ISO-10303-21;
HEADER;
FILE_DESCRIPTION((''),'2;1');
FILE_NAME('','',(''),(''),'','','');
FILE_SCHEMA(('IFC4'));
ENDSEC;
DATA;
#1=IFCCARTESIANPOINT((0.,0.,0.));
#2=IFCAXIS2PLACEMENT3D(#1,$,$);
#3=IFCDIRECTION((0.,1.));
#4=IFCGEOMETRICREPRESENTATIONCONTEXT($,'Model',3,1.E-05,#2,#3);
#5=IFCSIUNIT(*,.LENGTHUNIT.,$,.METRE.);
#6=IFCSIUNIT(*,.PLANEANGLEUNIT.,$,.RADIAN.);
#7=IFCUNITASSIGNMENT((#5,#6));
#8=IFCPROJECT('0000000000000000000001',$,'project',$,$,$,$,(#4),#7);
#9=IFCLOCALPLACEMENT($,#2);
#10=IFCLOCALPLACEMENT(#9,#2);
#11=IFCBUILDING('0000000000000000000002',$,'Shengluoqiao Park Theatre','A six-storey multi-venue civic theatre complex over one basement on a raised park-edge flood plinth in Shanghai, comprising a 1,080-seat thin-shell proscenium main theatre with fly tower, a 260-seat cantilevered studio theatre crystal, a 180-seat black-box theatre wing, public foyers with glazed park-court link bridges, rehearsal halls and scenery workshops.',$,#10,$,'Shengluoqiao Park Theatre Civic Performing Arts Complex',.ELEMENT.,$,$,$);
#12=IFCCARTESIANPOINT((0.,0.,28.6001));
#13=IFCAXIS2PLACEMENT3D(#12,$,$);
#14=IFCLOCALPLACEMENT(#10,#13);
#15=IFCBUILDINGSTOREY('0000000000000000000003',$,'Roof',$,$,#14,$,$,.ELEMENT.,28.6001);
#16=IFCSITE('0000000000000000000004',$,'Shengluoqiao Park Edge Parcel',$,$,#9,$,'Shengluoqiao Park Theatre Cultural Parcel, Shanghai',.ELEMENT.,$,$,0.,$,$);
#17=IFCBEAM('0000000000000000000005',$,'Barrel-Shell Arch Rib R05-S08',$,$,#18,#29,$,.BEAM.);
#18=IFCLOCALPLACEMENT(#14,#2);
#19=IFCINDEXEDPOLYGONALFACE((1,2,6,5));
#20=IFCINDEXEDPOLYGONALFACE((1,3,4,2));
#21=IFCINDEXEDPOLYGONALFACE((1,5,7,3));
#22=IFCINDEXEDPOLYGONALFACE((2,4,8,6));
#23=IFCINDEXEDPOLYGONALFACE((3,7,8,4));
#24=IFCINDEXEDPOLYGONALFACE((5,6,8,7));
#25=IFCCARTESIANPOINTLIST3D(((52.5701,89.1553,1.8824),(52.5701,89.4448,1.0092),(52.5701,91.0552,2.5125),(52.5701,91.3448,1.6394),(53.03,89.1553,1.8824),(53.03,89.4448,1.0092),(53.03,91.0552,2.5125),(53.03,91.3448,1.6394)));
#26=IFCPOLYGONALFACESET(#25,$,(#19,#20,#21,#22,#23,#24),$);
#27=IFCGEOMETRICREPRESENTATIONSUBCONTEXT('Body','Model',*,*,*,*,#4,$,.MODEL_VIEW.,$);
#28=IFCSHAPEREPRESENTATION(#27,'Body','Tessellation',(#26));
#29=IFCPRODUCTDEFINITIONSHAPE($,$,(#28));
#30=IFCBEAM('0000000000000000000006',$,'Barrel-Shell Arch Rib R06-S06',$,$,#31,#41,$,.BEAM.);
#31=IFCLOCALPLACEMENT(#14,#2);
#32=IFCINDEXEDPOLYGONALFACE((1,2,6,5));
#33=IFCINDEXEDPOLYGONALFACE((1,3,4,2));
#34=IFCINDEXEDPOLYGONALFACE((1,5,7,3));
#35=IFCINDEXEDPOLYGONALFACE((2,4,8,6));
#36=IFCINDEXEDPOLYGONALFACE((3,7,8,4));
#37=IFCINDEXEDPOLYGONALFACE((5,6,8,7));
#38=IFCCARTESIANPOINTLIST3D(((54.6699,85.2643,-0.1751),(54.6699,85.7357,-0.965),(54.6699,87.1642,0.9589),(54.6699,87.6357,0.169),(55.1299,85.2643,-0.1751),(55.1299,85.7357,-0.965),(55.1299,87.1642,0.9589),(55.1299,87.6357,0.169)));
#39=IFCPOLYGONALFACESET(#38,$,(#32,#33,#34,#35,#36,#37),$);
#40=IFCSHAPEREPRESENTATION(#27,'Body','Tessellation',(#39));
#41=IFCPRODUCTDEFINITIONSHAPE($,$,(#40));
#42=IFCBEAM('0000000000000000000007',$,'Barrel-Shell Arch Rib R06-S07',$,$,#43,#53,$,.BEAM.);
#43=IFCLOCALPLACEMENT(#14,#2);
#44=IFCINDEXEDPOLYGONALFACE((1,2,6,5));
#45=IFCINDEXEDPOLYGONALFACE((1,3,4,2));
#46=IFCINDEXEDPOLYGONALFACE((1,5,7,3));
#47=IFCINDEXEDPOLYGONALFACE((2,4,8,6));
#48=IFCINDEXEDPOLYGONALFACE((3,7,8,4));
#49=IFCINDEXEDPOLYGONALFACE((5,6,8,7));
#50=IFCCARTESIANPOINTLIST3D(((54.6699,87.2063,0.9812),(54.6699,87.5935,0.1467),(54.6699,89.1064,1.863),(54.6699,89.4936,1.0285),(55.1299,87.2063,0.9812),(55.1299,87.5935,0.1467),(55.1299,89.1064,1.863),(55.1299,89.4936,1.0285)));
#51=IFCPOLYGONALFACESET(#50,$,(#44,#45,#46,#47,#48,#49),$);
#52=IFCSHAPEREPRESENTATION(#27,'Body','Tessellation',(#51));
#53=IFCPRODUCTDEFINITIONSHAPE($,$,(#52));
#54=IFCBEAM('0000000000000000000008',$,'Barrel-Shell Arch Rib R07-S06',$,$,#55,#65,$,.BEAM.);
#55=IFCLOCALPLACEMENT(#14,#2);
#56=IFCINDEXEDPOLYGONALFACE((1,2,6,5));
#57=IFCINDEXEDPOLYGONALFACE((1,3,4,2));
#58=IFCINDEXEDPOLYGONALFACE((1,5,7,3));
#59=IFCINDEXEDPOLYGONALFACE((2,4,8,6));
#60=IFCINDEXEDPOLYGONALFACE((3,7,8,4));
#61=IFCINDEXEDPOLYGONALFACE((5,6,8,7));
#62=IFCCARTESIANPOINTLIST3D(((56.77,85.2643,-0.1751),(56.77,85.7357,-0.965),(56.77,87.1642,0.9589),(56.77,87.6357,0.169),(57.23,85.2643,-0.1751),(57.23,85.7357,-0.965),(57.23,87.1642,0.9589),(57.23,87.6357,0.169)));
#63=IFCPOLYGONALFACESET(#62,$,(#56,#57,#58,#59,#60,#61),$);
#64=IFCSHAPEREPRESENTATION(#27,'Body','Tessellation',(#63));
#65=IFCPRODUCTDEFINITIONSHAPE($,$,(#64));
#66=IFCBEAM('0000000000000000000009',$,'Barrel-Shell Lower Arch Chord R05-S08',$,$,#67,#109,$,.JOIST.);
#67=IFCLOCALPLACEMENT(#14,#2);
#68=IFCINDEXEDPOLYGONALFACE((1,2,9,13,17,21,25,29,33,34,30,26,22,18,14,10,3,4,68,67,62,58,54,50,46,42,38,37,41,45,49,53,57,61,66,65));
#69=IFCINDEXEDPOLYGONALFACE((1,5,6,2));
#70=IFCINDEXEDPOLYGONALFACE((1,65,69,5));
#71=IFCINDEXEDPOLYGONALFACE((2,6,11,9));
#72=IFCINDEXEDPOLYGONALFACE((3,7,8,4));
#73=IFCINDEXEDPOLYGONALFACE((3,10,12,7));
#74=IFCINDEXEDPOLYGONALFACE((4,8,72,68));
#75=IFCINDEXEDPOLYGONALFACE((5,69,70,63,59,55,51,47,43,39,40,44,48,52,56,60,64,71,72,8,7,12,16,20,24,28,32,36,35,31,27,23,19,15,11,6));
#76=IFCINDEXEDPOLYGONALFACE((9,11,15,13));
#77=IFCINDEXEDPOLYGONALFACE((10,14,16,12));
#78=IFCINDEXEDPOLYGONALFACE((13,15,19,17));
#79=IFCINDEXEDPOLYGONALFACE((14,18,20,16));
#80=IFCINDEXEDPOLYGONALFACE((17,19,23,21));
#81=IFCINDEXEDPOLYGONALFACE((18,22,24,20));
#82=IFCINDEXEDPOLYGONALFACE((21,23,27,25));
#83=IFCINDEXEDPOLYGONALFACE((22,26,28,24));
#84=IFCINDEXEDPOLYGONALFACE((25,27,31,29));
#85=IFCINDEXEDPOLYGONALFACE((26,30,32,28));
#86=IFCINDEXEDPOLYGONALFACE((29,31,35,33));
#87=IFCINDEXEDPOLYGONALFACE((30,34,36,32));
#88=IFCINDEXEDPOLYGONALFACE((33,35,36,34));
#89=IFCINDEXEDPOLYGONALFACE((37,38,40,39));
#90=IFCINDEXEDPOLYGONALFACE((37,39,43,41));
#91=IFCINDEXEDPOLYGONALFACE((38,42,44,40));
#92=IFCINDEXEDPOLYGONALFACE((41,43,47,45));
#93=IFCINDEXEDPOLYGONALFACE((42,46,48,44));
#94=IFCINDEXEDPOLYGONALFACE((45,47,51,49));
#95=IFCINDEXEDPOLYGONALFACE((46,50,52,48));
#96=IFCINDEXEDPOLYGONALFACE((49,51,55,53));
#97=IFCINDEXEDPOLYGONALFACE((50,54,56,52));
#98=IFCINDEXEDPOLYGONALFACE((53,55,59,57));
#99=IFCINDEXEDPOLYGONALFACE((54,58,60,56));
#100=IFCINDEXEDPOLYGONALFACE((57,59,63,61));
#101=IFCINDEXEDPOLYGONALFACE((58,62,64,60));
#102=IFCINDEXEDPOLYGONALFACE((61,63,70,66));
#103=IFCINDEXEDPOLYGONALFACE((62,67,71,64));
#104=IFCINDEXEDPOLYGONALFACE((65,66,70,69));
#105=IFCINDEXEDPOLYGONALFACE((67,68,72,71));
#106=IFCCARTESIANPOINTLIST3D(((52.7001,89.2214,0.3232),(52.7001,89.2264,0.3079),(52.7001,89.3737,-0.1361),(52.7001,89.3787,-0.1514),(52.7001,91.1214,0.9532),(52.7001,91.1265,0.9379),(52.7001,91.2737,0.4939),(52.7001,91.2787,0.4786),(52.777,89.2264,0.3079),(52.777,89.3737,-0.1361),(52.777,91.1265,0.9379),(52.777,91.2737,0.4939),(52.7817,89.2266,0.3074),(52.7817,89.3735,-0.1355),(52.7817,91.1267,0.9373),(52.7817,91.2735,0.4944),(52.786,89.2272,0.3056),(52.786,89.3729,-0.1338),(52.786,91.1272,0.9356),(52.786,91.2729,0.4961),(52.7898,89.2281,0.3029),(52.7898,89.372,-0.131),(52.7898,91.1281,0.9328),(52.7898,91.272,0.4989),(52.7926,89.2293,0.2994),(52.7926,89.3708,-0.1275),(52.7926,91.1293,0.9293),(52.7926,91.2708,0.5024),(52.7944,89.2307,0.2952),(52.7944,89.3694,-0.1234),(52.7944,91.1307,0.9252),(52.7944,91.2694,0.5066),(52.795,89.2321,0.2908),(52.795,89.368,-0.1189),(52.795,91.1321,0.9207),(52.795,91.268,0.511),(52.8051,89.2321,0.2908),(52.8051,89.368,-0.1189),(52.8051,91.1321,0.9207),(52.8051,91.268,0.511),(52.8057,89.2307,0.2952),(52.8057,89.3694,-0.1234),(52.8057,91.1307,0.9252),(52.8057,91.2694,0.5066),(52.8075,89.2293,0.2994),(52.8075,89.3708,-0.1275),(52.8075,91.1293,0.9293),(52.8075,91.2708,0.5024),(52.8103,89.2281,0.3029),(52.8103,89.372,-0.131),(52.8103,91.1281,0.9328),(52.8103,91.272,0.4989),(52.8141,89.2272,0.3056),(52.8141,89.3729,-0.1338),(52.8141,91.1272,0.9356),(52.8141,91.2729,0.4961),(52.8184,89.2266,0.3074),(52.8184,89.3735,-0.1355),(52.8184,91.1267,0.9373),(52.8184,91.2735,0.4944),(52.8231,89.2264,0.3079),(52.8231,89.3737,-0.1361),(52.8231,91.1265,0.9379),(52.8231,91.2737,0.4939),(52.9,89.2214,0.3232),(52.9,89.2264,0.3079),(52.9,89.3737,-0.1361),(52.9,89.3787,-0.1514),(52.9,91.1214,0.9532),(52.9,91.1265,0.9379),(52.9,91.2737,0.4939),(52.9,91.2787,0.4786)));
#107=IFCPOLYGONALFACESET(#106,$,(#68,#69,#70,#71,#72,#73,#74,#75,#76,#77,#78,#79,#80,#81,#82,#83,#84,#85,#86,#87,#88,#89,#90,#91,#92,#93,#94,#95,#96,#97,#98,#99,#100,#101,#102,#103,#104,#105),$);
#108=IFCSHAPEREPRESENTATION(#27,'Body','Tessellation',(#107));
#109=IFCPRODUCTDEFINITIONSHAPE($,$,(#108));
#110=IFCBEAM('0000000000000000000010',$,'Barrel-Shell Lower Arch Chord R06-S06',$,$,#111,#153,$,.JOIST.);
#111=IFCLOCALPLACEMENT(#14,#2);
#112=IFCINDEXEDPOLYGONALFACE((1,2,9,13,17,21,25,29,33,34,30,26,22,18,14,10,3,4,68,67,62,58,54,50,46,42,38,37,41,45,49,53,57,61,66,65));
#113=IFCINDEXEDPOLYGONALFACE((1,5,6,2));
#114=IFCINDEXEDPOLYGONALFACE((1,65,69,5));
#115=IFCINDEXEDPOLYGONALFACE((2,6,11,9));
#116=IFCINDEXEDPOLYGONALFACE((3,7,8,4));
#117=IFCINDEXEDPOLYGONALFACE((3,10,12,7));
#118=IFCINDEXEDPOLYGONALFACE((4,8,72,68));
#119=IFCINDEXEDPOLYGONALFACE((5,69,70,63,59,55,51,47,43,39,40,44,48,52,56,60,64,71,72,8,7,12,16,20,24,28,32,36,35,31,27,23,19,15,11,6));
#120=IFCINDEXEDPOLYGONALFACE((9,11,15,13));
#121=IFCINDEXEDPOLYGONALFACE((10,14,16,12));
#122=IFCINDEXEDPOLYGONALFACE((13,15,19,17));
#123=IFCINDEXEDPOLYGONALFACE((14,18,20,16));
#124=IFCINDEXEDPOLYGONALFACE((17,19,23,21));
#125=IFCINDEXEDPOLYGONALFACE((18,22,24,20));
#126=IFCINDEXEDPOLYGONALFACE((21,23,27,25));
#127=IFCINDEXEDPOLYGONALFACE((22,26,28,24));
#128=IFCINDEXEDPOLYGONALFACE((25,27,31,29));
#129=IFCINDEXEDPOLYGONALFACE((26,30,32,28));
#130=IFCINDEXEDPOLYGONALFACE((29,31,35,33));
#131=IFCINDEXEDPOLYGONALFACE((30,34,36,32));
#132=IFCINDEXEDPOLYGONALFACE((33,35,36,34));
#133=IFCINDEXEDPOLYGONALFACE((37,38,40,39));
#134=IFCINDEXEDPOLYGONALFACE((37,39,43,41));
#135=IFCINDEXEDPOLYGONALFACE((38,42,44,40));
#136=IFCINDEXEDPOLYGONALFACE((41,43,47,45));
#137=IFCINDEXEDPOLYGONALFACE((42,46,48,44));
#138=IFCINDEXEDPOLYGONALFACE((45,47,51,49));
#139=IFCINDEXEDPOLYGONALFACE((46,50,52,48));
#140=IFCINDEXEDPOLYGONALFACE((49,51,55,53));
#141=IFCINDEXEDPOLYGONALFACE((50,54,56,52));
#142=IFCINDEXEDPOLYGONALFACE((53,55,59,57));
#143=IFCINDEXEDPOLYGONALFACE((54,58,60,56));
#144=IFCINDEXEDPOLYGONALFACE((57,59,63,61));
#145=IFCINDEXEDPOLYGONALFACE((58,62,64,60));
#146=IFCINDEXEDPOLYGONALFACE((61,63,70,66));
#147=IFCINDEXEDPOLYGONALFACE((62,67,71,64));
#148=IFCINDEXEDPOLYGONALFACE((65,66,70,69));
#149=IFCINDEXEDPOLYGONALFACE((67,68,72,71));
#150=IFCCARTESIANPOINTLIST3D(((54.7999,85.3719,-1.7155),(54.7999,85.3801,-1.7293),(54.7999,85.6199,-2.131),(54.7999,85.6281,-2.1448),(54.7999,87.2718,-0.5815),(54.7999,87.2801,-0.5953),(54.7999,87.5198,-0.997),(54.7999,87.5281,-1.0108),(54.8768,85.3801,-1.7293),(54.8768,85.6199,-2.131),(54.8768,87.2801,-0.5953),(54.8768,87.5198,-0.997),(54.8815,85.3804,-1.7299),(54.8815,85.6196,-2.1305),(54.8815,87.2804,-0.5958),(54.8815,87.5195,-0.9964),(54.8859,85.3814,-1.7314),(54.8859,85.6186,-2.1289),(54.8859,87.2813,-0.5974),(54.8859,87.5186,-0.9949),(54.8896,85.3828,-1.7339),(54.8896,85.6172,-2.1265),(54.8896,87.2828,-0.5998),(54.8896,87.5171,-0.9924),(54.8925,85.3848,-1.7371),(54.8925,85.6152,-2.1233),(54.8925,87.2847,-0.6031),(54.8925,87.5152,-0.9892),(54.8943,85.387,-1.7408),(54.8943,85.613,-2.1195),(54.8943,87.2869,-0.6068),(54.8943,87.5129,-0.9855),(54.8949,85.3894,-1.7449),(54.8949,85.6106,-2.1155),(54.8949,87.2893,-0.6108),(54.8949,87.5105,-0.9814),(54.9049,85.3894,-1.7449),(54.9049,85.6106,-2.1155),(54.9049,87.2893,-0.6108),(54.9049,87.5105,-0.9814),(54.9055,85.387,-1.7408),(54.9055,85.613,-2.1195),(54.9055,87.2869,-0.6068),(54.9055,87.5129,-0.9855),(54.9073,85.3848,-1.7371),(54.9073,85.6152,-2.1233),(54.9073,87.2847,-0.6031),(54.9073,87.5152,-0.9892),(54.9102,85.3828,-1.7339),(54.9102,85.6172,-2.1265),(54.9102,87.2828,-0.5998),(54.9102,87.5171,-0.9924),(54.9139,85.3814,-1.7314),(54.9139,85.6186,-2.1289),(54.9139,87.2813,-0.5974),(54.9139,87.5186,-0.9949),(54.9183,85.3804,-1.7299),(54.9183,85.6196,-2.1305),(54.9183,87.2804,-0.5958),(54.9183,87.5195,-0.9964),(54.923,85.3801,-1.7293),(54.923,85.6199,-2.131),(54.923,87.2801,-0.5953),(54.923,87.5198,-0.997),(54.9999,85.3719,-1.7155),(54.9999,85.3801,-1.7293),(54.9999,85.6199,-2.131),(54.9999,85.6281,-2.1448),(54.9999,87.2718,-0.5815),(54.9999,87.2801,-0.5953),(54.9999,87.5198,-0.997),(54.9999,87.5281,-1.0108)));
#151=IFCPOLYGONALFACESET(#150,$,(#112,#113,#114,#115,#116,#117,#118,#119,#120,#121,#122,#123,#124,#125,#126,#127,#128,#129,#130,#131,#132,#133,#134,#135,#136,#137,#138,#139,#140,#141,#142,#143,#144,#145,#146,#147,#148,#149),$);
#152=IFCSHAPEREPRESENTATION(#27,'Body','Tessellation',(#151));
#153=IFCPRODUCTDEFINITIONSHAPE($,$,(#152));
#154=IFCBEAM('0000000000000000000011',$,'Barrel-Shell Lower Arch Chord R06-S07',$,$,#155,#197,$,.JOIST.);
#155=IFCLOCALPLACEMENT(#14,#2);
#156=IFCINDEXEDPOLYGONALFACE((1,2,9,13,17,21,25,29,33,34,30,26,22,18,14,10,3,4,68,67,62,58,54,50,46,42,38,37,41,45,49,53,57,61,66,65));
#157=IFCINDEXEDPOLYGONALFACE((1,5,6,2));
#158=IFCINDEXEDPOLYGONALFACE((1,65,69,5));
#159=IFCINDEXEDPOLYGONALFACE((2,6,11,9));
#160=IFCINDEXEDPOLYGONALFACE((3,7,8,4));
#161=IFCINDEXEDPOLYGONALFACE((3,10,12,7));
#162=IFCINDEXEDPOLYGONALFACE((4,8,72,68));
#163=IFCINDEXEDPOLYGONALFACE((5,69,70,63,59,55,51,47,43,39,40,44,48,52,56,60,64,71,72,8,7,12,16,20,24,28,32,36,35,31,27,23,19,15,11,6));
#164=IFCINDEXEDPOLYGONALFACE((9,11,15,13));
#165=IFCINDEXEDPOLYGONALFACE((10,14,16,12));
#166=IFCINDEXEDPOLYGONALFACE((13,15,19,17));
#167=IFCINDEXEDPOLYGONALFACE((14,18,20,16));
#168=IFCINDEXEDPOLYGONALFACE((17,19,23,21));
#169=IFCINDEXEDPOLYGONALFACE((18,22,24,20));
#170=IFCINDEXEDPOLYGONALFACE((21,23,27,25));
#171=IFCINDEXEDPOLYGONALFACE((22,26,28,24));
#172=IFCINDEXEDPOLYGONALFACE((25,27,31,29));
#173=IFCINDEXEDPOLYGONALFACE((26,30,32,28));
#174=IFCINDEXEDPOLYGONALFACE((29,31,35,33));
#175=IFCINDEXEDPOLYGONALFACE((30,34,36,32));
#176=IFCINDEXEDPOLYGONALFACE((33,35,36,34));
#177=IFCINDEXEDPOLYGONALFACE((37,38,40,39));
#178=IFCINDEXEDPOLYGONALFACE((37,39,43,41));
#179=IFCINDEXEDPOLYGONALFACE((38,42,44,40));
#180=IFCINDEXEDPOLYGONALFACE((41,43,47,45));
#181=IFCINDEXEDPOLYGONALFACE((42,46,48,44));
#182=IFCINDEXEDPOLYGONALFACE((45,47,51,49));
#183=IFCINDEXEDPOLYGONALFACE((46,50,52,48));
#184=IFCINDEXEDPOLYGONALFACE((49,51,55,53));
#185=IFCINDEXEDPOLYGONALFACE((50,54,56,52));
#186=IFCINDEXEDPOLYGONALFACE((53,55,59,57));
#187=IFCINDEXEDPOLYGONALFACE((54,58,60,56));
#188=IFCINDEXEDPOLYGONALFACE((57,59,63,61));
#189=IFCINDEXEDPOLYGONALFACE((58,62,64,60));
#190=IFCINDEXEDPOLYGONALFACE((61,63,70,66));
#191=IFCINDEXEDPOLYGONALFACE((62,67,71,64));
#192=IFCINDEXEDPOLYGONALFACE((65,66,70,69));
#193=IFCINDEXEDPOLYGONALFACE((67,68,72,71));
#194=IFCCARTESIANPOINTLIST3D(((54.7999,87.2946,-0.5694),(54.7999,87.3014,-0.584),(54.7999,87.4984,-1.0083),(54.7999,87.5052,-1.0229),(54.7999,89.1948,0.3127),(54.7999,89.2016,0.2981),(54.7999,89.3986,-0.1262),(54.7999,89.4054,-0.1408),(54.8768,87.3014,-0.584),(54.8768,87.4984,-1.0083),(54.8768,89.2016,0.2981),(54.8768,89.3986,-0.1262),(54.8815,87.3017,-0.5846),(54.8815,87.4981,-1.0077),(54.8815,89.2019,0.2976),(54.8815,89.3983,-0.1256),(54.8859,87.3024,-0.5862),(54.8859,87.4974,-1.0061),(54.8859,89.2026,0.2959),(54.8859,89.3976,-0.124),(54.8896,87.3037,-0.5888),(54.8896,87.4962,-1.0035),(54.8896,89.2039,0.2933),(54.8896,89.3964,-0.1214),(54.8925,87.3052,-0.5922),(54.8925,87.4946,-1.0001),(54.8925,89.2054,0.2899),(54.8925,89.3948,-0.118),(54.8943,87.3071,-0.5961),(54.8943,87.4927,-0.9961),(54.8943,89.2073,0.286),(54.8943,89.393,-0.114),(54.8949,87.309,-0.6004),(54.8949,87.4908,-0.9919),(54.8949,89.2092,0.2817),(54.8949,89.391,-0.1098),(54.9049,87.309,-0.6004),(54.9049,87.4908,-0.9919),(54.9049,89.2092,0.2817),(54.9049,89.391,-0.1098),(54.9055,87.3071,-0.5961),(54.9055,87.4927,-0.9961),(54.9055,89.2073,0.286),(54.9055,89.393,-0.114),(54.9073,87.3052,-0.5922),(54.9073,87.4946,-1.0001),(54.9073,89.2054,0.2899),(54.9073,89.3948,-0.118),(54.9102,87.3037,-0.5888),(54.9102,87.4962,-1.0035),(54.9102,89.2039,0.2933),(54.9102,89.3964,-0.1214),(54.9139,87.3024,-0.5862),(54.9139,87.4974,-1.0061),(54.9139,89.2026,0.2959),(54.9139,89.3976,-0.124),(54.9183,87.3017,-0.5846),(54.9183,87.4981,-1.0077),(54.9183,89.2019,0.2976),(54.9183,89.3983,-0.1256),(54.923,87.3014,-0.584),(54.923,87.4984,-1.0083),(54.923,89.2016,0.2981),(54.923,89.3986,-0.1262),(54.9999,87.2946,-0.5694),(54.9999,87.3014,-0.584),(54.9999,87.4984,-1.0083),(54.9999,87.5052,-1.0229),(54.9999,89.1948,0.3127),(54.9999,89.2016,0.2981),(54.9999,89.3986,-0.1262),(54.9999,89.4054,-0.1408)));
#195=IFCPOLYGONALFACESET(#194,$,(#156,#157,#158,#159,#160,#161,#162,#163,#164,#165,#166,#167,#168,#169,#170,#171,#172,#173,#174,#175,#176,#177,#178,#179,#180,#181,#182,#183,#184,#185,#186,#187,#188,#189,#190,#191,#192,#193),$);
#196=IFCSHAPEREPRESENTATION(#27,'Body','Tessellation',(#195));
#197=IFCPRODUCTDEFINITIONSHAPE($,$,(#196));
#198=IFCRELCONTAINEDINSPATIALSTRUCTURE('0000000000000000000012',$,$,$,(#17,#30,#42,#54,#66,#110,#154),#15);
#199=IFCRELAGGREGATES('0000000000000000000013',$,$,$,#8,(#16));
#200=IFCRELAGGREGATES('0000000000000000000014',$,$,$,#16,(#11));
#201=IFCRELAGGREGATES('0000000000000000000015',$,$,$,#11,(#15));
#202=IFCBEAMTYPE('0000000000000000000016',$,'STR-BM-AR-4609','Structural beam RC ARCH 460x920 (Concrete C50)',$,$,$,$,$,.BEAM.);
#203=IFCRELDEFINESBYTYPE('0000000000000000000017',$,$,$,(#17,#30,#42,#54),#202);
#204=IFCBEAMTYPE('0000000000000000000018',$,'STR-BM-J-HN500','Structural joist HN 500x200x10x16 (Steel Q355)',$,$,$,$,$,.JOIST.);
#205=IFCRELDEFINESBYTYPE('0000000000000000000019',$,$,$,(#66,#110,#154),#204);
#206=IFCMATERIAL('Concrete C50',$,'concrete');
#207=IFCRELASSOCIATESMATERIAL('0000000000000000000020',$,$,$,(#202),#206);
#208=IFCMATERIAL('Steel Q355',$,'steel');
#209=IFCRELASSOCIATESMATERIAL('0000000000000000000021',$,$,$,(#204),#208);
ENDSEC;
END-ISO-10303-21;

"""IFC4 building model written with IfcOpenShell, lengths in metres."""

from ifc_helpers import new_model, si_unit, direction, frame, origin, origin_2d, place, context, subcontext, project, spatial, rectangle, i_section, extrude, material, material_profile, profile_set, type_object, element, save


model = new_model("IFC4")

# Units and contexts
model_context = context("Model", 3, precision=1e-05, world=origin(), true_north=direction((0.0, 1.0)))
body_context = subcontext(model_context, "Body", "Model", "MODEL_VIEW")
ifc_project = project(units=[si_unit("LENGTHUNIT", "METRE"), si_unit("PLANEANGLEUNIT", "RADIAN")], contexts=[model_context])

# Site, building, storey
site_placement = place(None, origin())
site = spatial("IfcSite", under=ifc_project, at=site_placement, Name="Shengluoqiao Park Edge Parcel", LongName="Shengluoqiao Park Theatre Cultural Parcel, Shanghai", CompositionType="ELEMENT", RefElevation=0.0)
building_placement = place(site_placement, origin())
building = spatial("IfcBuilding", under=site, at=building_placement, Name="Shengluoqiao Park Theatre", Description="A six-storey multi-venue civic theatre complex over one basement on a raised park-edge flood plinth in Shanghai, comprising a 1,080-seat thin-shell proscenium main theatre with fly tower, a 260-seat cantilevered studio theatre crystal, a 180-seat black-box theatre wing, public foyers with glazed park-court link bridges, rehearsal halls and scenery workshops.", LongName="Shengluoqiao Park Theatre Civic Performing Arts Complex", CompositionType="ELEMENT")
storey_placement = place(building_placement, frame((0.0, 0.0, 28.6001)))
storey = spatial("IfcBuildingStorey", under=building, at=storey_placement, Name="Roof", CompositionType="ELEMENT", Elevation=28.6001)

# Beams
ifc_material_1 = material(Name="Concrete C50", Category="concrete")
ifc_material_profile_1 = material_profile(ifc_material_1, rectangle(XDim=0.46, YDim=0.9199, at=origin_2d()), Name="RC ARCH 460x920")
ifc_profile_set_1 = profile_set([ifc_material_profile_1], Name="Concrete C50")
beam_type_1 = type_object("IfcBeamType", Name="STR-BM-AR-4609", Description="Structural beam RC ARCH 460x920 (Concrete C50)", PredefinedType="BEAM", material=ifc_profile_set_1)
beam_1_placement = place(storey_placement, frame((52.8, 89.3, 1.4458), z_axis=(0.0, 0.949158, 0.3148), x_axis=(-1.0, 0.0, 0.0)))
element("IfcBeam", 1, at=beam_1_placement, inside=storey, type_object=beam_type_1, Name="Barrel-Shell Arch Rib R05-S08", PredefinedType="BEAM", context=body_context, shape_type="SweptSolid", body=[
    extrude(rectangle(XDim=0.46, YDim=0.9199, at=origin_2d()), origin(), (0.0, 0.0, 1.0), 2.0017),
])
beam_2_placement = place(storey_placement, frame((54.8999, 85.5, -0.5701), z_axis=(0.0, 0.858669, 0.512531), x_axis=(-1.0, 0.0, 0.0)))
element("IfcBeam", 2, at=beam_2_placement, inside=storey, type_object=beam_type_1, Name="Barrel-Shell Arch Rib R06-S06", PredefinedType="BEAM", context=body_context, shape_type="SweptSolid", body=[
    extrude(rectangle(XDim=0.46, YDim=0.9199, at=origin_2d()), origin(), (0.0, 0.0, 1.0), 2.2126),
])
beam_3_placement = place(storey_placement, frame((54.8999, 87.3999, 0.564), z_axis=(0.0, 0.907077, 0.420964), x_axis=(-1.0, 0.0, 0.0)))
element("IfcBeam", 3, at=beam_3_placement, inside=storey, type_object=beam_type_1, Name="Barrel-Shell Arch Rib R06-S07", PredefinedType="BEAM", context=body_context, shape_type="SweptSolid", body=[
    extrude(rectangle(XDim=0.46, YDim=0.9199, at=origin_2d()), origin(), (0.0, 0.0, 1.0), 2.0947),
])
beam_4_placement = place(storey_placement, frame((57.0, 85.5, -0.5701), z_axis=(0.0, 0.858669, 0.512531), x_axis=(-1.0, 0.0, 0.0)))
element("IfcBeam", 4, at=beam_4_placement, inside=storey, type_object=beam_type_1, Name="Barrel-Shell Arch Rib R07-S06", PredefinedType="BEAM", context=body_context, shape_type="SweptSolid", body=[
    extrude(rectangle(XDim=0.46, YDim=0.9199, at=origin_2d()), origin(), (0.0, 0.0, 1.0), 2.2126),
])
ifc_material_2 = material(Name="Steel Q355", Category="steel")
ifc_material_profile_2 = material_profile(ifc_material_2, i_section(OverallWidth=0.2, OverallDepth=0.5, WebThickness=0.01, FlangeThickness=0.0161, FilletRadius=0.0181, at=origin_2d()), Name="HN 500x200x10x16")
ifc_profile_set_2 = profile_set([ifc_material_profile_2], Name="Steel Q355")
beam_type_2 = type_object("IfcBeamType", Name="STR-BM-J-HN500", Description="Structural joist HN 500x200x10x16 (Steel Q355)", PredefinedType="JOIST", material=ifc_profile_set_2)
beam_5_placement = place(storey_placement, frame((52.8, 89.3, 0.0859), z_axis=(0.0, 0.949194, 0.31469), x_axis=(-1.0, 0.0, 0.0)))
element("IfcBeam", 5, at=beam_5_placement, inside=storey, type_object=beam_type_2, Name="Barrel-Shell Lower Arch Chord R05-S08", PredefinedType="JOIST", context=body_context, shape_type="SweptSolid", body=[
    extrude(i_section(OverallWidth=0.2, OverallDepth=0.5, WebThickness=0.01, FlangeThickness=0.0161, FilletRadius=0.0181, at=origin_2d()), origin(), (0.0, 0.0, 1.0), 2.0017),
])
beam_6_placement = place(storey_placement, frame((54.8999, 85.5, -1.9302), z_axis=(0.0, 0.858669, 0.512531), x_axis=(-1.0, 0.0, 0.0)))
element("IfcBeam", 6, at=beam_6_placement, inside=storey, type_object=beam_type_2, Name="Barrel-Shell Lower Arch Chord R06-S06", PredefinedType="JOIST", context=body_context, shape_type="SweptSolid", body=[
    extrude(i_section(OverallWidth=0.2, OverallDepth=0.5, WebThickness=0.01, FlangeThickness=0.0161, FilletRadius=0.0181, at=origin_2d()), origin(), (0.0, 0.0, 1.0), 2.2126),
])
beam_7_placement = place(storey_placement, frame((54.8999, 87.3999, -0.7961), z_axis=(0.0, 0.907033, 0.42106), x_axis=(-1.0, 0.0, 0.0)))
element("IfcBeam", 7, at=beam_7_placement, inside=storey, type_object=beam_type_2, Name="Barrel-Shell Lower Arch Chord R06-S07", PredefinedType="JOIST", context=body_context, shape_type="SweptSolid", body=[
    extrude(i_section(OverallWidth=0.2, OverallDepth=0.5, WebThickness=0.01, FlangeThickness=0.0161, FilletRadius=0.0181, at=origin_2d()), origin(), (0.0, 0.0, 1.0), 2.095),
])

save(model, "model.ifc")
